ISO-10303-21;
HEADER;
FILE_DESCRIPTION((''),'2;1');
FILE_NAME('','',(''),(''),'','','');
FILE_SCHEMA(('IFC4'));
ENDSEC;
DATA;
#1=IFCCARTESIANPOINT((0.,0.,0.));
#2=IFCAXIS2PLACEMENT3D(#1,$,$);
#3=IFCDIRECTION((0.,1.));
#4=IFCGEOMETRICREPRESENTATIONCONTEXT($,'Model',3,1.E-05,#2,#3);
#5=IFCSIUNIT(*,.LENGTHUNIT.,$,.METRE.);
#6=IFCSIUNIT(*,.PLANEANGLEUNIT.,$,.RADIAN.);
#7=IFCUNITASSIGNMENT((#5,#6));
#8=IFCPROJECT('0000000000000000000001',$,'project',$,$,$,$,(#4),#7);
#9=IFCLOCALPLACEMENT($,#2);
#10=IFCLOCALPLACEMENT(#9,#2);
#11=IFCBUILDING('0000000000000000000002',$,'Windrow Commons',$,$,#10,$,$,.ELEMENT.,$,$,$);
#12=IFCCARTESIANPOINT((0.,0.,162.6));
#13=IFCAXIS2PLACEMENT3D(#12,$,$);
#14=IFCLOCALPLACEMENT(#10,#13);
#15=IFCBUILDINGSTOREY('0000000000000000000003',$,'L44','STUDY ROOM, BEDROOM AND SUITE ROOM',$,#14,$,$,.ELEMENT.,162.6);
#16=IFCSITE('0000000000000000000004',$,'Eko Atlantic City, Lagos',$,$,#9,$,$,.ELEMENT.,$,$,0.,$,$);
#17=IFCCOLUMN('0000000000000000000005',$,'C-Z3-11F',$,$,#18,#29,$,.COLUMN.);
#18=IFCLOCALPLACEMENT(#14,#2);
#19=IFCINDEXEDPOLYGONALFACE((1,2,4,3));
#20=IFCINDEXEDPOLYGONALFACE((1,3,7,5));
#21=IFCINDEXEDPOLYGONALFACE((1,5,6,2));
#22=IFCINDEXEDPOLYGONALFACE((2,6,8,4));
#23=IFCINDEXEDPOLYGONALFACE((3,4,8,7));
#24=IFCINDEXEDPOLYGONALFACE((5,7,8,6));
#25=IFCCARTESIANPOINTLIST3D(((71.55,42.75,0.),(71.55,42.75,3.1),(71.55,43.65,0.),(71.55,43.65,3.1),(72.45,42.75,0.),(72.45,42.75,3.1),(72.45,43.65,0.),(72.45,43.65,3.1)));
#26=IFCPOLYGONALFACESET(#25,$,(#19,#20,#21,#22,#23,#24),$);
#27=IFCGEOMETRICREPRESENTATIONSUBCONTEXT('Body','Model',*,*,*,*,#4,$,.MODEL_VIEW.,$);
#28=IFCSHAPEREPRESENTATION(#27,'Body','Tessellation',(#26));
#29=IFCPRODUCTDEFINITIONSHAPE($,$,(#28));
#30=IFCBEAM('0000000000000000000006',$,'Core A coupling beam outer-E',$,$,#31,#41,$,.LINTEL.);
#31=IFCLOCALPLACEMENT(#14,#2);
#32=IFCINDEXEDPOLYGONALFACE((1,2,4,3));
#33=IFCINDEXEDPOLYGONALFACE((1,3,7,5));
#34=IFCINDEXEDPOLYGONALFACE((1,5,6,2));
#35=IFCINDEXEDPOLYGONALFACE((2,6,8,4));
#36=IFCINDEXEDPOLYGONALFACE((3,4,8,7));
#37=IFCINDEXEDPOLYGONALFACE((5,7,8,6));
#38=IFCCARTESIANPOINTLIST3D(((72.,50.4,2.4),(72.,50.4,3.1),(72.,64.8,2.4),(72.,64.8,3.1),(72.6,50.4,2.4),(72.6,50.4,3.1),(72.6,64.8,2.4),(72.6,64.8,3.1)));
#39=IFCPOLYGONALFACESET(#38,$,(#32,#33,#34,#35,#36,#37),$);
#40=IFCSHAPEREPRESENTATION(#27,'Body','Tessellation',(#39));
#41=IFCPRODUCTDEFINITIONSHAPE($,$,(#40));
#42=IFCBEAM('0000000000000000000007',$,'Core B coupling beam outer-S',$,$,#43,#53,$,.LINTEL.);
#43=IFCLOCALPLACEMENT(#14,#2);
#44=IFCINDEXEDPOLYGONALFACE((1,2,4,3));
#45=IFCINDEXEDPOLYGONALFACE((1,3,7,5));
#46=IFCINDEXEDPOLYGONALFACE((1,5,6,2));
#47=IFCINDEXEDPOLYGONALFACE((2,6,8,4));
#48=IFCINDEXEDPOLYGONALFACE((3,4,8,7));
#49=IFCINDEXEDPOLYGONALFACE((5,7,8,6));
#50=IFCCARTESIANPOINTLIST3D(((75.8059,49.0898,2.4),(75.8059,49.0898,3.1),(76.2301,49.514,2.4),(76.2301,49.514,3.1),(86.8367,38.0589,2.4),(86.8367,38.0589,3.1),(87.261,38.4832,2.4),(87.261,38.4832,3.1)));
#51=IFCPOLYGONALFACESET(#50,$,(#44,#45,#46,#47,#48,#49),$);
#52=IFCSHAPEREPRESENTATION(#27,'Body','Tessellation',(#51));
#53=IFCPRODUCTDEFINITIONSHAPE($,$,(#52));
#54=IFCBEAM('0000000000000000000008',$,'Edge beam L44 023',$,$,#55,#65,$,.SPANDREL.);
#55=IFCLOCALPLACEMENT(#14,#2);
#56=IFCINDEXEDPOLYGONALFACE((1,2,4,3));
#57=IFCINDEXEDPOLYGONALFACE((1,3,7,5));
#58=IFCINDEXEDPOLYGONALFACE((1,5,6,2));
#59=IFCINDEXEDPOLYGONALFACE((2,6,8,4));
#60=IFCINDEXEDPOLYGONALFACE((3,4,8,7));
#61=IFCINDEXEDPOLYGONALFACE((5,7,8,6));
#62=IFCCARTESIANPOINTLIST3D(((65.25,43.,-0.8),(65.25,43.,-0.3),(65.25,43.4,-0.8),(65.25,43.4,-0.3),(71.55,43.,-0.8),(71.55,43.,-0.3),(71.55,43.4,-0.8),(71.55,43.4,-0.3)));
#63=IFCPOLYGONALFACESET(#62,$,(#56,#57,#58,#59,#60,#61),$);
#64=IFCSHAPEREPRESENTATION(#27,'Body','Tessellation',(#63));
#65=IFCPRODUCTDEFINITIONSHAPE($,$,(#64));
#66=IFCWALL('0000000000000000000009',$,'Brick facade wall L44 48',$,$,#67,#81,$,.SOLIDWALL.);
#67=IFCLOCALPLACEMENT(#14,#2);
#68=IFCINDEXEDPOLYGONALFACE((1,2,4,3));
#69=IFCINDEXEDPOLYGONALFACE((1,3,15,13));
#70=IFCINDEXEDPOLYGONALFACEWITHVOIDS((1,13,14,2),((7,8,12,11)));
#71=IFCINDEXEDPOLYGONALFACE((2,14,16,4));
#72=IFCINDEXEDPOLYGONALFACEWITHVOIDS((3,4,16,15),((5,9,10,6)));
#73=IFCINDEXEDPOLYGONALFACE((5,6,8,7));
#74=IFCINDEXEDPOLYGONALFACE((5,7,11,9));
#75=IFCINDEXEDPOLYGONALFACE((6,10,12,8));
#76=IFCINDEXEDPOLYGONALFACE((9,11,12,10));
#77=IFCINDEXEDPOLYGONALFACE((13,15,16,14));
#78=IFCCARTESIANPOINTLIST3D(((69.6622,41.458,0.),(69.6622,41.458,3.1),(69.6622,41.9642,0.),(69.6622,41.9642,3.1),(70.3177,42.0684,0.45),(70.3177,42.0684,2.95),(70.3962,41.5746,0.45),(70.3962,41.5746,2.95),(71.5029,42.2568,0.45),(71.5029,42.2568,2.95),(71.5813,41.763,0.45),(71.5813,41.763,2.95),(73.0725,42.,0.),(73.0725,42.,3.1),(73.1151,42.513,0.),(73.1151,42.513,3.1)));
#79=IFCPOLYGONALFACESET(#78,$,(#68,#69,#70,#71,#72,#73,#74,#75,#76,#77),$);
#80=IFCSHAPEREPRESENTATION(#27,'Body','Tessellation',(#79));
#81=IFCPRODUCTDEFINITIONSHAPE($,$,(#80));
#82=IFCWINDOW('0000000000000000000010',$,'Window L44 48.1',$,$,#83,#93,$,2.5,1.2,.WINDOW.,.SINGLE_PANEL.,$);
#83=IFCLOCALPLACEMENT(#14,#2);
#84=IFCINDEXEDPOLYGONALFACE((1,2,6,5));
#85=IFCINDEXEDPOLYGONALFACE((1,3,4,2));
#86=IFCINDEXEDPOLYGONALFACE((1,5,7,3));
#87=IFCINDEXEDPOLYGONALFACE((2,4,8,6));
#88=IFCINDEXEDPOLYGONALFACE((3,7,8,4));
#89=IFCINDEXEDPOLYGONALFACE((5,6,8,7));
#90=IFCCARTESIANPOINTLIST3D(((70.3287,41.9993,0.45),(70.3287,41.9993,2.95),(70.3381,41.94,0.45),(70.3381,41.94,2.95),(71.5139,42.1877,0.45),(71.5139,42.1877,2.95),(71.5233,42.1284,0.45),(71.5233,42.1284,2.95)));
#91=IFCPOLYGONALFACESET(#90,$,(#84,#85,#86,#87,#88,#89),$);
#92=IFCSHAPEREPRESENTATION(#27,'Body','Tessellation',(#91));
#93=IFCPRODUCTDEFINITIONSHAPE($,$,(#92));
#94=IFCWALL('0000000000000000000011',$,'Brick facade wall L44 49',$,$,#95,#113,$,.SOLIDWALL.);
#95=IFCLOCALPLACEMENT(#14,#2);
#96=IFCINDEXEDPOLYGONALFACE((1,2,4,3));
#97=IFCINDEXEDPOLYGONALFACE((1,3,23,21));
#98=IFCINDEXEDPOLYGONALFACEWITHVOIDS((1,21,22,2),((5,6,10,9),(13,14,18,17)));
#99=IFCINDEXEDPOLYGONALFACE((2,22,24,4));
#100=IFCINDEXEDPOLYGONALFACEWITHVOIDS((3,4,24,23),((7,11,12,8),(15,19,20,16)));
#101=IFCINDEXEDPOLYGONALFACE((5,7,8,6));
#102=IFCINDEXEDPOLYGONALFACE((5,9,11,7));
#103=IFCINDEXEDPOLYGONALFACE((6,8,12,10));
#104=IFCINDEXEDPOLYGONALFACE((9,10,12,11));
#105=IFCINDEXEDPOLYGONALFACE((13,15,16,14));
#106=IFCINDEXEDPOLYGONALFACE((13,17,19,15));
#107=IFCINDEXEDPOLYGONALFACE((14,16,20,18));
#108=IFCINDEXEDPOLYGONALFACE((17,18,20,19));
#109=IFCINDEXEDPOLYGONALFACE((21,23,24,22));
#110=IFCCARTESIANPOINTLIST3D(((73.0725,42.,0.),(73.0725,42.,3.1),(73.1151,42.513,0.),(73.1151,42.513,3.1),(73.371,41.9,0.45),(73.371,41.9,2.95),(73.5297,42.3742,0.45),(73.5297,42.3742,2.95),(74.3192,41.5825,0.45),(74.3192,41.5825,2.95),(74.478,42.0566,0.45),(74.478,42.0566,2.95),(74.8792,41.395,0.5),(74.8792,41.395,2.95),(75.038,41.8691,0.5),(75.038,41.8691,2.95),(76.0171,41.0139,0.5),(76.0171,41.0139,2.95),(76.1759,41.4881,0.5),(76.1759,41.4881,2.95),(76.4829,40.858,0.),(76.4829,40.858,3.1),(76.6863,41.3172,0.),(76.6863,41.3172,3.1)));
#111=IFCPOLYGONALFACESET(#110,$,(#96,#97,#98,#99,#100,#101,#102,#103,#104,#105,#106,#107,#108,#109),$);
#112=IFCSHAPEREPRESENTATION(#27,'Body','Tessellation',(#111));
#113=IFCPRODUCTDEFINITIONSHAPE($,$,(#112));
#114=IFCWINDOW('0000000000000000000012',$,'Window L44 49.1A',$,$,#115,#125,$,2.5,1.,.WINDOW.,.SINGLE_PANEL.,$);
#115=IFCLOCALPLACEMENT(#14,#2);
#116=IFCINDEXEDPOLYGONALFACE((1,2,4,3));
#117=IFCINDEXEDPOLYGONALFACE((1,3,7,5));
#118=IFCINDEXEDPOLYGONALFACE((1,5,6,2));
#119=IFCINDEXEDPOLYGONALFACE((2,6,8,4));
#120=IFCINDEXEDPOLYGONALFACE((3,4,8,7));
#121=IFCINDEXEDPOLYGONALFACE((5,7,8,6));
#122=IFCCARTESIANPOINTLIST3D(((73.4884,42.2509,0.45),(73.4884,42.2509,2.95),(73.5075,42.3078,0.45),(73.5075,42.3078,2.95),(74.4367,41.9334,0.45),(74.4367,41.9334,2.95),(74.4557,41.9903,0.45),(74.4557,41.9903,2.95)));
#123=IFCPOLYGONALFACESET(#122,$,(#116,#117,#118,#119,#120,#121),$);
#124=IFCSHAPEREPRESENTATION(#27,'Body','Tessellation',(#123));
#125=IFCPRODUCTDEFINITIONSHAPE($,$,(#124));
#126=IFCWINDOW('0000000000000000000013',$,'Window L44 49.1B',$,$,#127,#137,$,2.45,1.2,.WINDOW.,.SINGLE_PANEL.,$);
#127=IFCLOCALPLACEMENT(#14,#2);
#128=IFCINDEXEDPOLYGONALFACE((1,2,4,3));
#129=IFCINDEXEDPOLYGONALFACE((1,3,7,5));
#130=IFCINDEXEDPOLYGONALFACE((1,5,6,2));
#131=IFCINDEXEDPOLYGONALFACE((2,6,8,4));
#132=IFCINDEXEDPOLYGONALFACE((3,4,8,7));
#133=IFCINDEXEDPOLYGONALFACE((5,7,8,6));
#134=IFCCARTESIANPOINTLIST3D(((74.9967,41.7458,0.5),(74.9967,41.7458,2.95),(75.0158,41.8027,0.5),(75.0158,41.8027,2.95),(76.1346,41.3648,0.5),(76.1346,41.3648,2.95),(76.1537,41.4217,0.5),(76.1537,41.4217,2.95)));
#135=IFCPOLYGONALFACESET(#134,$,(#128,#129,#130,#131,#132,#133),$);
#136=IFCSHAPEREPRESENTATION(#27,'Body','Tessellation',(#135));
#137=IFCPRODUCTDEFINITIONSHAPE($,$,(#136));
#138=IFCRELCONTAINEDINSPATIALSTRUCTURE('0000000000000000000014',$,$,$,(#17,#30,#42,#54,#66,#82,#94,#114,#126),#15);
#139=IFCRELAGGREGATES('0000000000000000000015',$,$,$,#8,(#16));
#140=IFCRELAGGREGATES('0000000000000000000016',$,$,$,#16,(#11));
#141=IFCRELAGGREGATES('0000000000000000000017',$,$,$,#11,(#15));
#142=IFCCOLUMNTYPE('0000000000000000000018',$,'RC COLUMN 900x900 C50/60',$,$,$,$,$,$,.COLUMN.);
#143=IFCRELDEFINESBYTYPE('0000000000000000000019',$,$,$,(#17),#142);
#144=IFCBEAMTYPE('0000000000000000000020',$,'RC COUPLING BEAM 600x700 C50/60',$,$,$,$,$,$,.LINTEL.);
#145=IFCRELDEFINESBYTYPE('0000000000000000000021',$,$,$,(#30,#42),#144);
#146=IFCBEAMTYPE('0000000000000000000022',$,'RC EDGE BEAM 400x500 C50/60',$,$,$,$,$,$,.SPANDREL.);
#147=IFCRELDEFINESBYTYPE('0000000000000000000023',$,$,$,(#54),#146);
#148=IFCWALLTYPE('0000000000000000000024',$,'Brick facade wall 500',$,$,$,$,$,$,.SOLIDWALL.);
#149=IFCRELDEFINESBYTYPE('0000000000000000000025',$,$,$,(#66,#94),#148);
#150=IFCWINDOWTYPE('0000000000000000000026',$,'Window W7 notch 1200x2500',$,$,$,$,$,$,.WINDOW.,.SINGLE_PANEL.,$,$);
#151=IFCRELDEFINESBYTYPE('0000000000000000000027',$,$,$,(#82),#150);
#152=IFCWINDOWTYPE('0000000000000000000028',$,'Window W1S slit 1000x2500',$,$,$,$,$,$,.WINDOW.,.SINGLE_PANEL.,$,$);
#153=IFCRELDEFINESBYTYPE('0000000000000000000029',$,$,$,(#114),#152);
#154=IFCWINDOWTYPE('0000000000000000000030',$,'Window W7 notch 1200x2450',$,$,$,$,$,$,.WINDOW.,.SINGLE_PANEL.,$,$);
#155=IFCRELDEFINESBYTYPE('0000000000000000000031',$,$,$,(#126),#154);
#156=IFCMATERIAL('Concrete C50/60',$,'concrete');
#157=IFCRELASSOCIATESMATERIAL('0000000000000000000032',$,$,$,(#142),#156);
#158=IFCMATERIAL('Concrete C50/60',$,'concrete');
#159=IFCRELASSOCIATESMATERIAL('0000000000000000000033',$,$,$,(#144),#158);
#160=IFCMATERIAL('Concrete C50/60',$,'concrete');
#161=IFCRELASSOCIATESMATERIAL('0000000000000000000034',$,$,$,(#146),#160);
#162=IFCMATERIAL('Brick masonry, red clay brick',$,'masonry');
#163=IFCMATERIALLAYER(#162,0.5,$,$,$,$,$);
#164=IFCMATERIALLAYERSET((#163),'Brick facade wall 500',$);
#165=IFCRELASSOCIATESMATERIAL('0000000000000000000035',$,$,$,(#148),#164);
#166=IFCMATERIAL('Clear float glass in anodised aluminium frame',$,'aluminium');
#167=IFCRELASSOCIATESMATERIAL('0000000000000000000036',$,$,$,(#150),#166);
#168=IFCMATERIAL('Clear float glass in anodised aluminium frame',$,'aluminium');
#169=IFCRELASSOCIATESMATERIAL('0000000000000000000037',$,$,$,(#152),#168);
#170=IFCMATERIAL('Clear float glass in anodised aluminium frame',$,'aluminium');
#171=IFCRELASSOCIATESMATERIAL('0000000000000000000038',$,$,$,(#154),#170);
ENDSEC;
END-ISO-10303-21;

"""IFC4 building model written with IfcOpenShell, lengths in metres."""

from ifc_helpers import new_model, si_unit, direction, frame, frame_2d, origin, origin_2d, place, context, subcontext, project, spatial, polyline, rectangle, outline, extrude, material, layer, layer_set, material_profile, profile_set, type_object, element, fill, save


model = new_model("IFC4")

# Units and contexts
model_context = context("Model", 3, precision=1e-05, world=origin(), true_north=direction((0.0, 1.0)))
body_context = subcontext(model_context, "Body", "Model", "MODEL_VIEW")
ifc_project = project(units=[si_unit("LENGTHUNIT", "METRE"), si_unit("PLANEANGLEUNIT", "RADIAN")], contexts=[model_context])

# Site, building, storey
site_placement = place(None, origin())
site = spatial("IfcSite", under=ifc_project, at=site_placement, Name="Eko Atlantic City, Lagos", CompositionType="ELEMENT", RefElevation=0.0)
building_placement = place(site_placement, origin())
building = spatial("IfcBuilding", under=site, at=building_placement, Name="Windrow Commons", CompositionType="ELEMENT")
storey_placement = place(building_placement, frame((0.0, 0.0, 162.6)))
storey = spatial("IfcBuildingStorey", under=building, at=storey_placement, Name="L44", Description="STUDY ROOM, BEDROOM AND SUITE ROOM", CompositionType="ELEMENT", Elevation=162.6)

# Column
ifc_material_1 = material(Name="Concrete C50/60", Category="concrete")
ifc_material_profile_1 = material_profile(ifc_material_1, rectangle(XDim=0.9, YDim=0.9, at=origin_2d()))
ifc_profile_set_1 = profile_set([ifc_material_profile_1], Name="Concrete C50/60")
column_type = type_object("IfcColumnType", Name="RC COLUMN 900x900 C50/60", PredefinedType="COLUMN", material=ifc_profile_set_1)
column_placement = place(storey_placement, frame((72.0, 43.2, 0.0), z_axis=(0.0, 0.0, 1.0), x_axis=(1.0, 0.0, 0.0)))
element("IfcColumn", 1, at=column_placement, inside=storey, type_object=column_type, Name="C-Z3-11F", PredefinedType="COLUMN", context=body_context, shape_type="SweptSolid", body=[
    extrude(rectangle(XDim=0.9, YDim=0.9, at=origin_2d()), origin(), (0.0, 0.0, 1.0), 3.1),
])

# Beams
ifc_material_2 = material(Name="Concrete C50/60", Category="concrete")
ifc_material_profile_2 = material_profile(ifc_material_2, rectangle(XDim=0.6, YDim=0.7, at=origin_2d()))
ifc_profile_set_2 = profile_set([ifc_material_profile_2], Name="Concrete C50/60")
beam_type_1 = type_object("IfcBeamType", Name="RC COUPLING BEAM 600x700 C50/60", PredefinedType="LINTEL", material=ifc_profile_set_2)
beam_1_placement = place(storey_placement, frame((72.3, 50.4, 2.75), z_axis=(0.0, 1.0, 0.0), x_axis=(-1.0, 0.0, 0.0)))
element("IfcBeam", 2, at=beam_1_placement, inside=storey, type_object=beam_type_1, Name="Core A coupling beam outer-E", PredefinedType="LINTEL", context=body_context, shape_type="SweptSolid", body=[
    extrude(rectangle(XDim=0.6, YDim=0.7, at=origin_2d()), origin(), (0.0, 0.0, 1.0), 14.4),
])
beam_2_placement = place(storey_placement, frame((76.018, 49.3019, 2.75), z_axis=(0.707107, -0.707107, 0.0), x_axis=(0.707107, 0.707107, 0.0)))
element("IfcBeam", 3, at=beam_2_placement, inside=storey, type_object=beam_type_1, Name="Core B coupling beam outer-S", PredefinedType="LINTEL", context=body_context, shape_type="SweptSolid", body=[
    extrude(rectangle(XDim=0.6, YDim=0.7, at=origin_2d()), origin(), (0.0, 0.0, 1.0), 15.6),
])
ifc_material_3 = material(Name="Concrete C50/60", Category="concrete")
ifc_material_profile_3 = material_profile(ifc_material_3, rectangle(XDim=0.4, YDim=0.5, at=origin_2d()))
ifc_profile_set_3 = profile_set([ifc_material_profile_3], Name="Concrete C50/60")
beam_type_2 = type_object("IfcBeamType", Name="RC EDGE BEAM 400x500 C50/60", PredefinedType="SPANDREL", material=ifc_profile_set_3)
beam_3_placement = place(storey_placement, frame((71.55, 43.2, -0.55), z_axis=(-1.0, 0.0, 0.0), x_axis=(0.0, -1.0, 0.0)))
element("IfcBeam", 4, at=beam_3_placement, inside=storey, type_object=beam_type_2, Name="Edge beam L44 023", PredefinedType="SPANDREL", context=body_context, shape_type="SweptSolid", body=[
    extrude(rectangle(XDim=0.4, YDim=0.5, at=origin_2d()), origin(), (0.0, 0.0, 1.0), 6.3),
])

# Wall, opening, window
ifc_material_4 = material(Name="Brick masonry, red clay brick", Category="masonry")
ifc_layer_1 = layer(ifc_material_4, 0.5)
ifc_layer_set_1 = layer_set([ifc_layer_1], Name="Brick facade wall 500")
wall_type_1 = type_object("IfcWallType", Name="Brick facade wall 500", PredefinedType="SOLIDWALL", material=ifc_layer_set_1)
wall_1_placement = place(storey_placement, frame((69.6622, 41.7111, 0.0), z_axis=(0.0, 0.0, 1.0), x_axis=(0.987604, 0.156964, 0.0)))
wall_1 = element("IfcWall", 5, at=wall_1_placement, inside=storey, type_object=wall_type_1, Name="Brick facade wall L44 48", PredefinedType="SOLIDWALL", context=body_context, shape_type="SweptSolid", body=[
    extrude(outline(polyline([(-0.0397, -0.25), (3.4134, -0.25), (3.536, 0.25), (0.0397, 0.25), (-0.0397, -0.25)])), origin(), (0.0, 0.0, 1.0), 3.1),
])
opening_1_placement = place(wall_1_placement, frame((0.7035, 0.0, 0.45)))
opening_1 = element("IfcOpeningElement", 6, at=opening_1_placement, cuts=wall_1, PredefinedType="OPENING", context=body_context, shape_type="SweptSolid", body=[
    extrude(rectangle(XDim=1.2, YDim=2.5, at=frame_2d((0.6, 1.25))), frame((0.0, 0.26, 0.0), z_axis=(0.0, -1.0, 0.0), x_axis=(1.0, 0.0, 0.0)), (0.0, 0.0, 1.0), 0.52),
])
ifc_material_5 = material(Name="Clear float glass in anodised aluminium frame", Category="aluminium")
window_type_1 = type_object("IfcWindowType", Name="Window W7 notch 1200x2500", PartitioningType="SINGLE_PANEL", PredefinedType="WINDOW", material=ifc_material_5)
window_1_placement = place(opening_1_placement, origin())
window_1 = element("IfcWindow", 7, at=window_1_placement, inside=storey, type_object=window_type_1, Name="Window L44 48.1", OverallHeight=2.5, OverallWidth=1.2, PartitioningType="SINGLE_PANEL", PredefinedType="WINDOW", context=body_context, shape_type="SweptSolid", body=[
    extrude(rectangle(XDim=1.2, YDim=2.5, at=frame_2d((0.6, 1.25))), frame((0.0, 0.18, 0.0), z_axis=(0.0, -1.0, 0.0), x_axis=(1.0, 0.0, 0.0)), (0.0, 0.0, 1.0), 0.06),
])
fill(opening_1, window_1)

# Wall, openings, windows
wall_2_placement = place(storey_placement, frame((73.0938, 42.2565, 0.0), z_axis=(0.0, 0.0, 1.0), x_axis=(0.948248, -0.317531, 0.0)))
wall_2 = element("IfcWall", 8, at=wall_2_placement, inside=storey, type_object=wall_type_1, Name="Brick facade wall L44 49", PredefinedType="SOLIDWALL", context=body_context, shape_type="SweptSolid", body=[
    extrude(outline(polyline([(0.0613, -0.25), (3.6578, -0.25), (3.7048, 0.25), (-0.0613, 0.25), (0.0613, -0.25)])), origin(), (0.0, 0.0, 1.0), 3.1),
])
opening_2_placement = place(wall_2_placement, frame((0.376, 0.0, 0.45)))
opening_2 = element("IfcOpeningElement", 9, at=opening_2_placement, cuts=wall_2, PredefinedType="OPENING", context=body_context, shape_type="SweptSolid", body=[
    extrude(rectangle(XDim=1.0, YDim=2.5, at=frame_2d((0.5, 1.25))), frame((0.0, 0.26, 0.0), z_axis=(0.0, -1.0, 0.0), x_axis=(1.0, 0.0, 0.0)), (0.0, 0.0, 1.0), 0.52),
])
opening_3_placement = place(wall_2_placement, frame((1.9666, 0.0, 0.5)))
opening_3 = element("IfcOpeningElement", 10, at=opening_3_placement, cuts=wall_2, PredefinedType="OPENING", context=body_context, shape_type="SweptSolid", body=[
    extrude(rectangle(XDim=1.2, YDim=2.45, at=frame_2d((0.6, 1.225))), frame((0.0, 0.26, 0.0), z_axis=(0.0, -1.0, 0.0), x_axis=(1.0, 0.0, 0.0)), (0.0, 0.0, 1.0), 0.52),
])
ifc_material_6 = material(Name="Clear float glass in anodised aluminium frame", Category="aluminium")
window_type_2 = type_object("IfcWindowType", Name="Window W1S slit 1000x2500", PartitioningType="SINGLE_PANEL", PredefinedType="WINDOW", material=ifc_material_6)
window_2_placement = place(opening_2_placement, origin())
window_2 = element("IfcWindow", 11, at=window_2_placement, inside=storey, type_object=window_type_2, Name="Window L44 49.1A", OverallHeight=2.5, OverallWidth=1.0, PartitioningType="SINGLE_PANEL", PredefinedType="WINDOW", context=body_context, shape_type="SweptSolid", body=[
    extrude(rectangle(XDim=1.0, YDim=2.5, at=frame_2d((0.5, 1.25))), frame((0.0, 0.18, 0.0), z_axis=(0.0, -1.0, 0.0), x_axis=(1.0, 0.0, 0.0)), (0.0, 0.0, 1.0), 0.06),
])
fill(opening_2, window_2)
ifc_material_7 = material(Name="Clear float glass in anodised aluminium frame", Category="aluminium")
window_type_3 = type_object("IfcWindowType", Name="Window W7 notch 1200x2450", PartitioningType="SINGLE_PANEL", PredefinedType="WINDOW", material=ifc_material_7)
window_3_placement = place(opening_3_placement, origin())
window_3 = element("IfcWindow", 12, at=window_3_placement, inside=storey, type_object=window_type_3, Name="Window L44 49.1B", OverallHeight=2.45, OverallWidth=1.2, PartitioningType="SINGLE_PANEL", PredefinedType="WINDOW", context=body_context, shape_type="SweptSolid", body=[
    extrude(rectangle(XDim=1.2, YDim=2.45, at=frame_2d((0.6, 1.225))), frame((0.0, 0.18, 0.0), z_axis=(0.0, -1.0, 0.0), x_axis=(1.0, 0.0, 0.0)), (0.0, 0.0, 1.0), 0.06),
])
fill(opening_3, window_3)

save(model, "model.ifc")
